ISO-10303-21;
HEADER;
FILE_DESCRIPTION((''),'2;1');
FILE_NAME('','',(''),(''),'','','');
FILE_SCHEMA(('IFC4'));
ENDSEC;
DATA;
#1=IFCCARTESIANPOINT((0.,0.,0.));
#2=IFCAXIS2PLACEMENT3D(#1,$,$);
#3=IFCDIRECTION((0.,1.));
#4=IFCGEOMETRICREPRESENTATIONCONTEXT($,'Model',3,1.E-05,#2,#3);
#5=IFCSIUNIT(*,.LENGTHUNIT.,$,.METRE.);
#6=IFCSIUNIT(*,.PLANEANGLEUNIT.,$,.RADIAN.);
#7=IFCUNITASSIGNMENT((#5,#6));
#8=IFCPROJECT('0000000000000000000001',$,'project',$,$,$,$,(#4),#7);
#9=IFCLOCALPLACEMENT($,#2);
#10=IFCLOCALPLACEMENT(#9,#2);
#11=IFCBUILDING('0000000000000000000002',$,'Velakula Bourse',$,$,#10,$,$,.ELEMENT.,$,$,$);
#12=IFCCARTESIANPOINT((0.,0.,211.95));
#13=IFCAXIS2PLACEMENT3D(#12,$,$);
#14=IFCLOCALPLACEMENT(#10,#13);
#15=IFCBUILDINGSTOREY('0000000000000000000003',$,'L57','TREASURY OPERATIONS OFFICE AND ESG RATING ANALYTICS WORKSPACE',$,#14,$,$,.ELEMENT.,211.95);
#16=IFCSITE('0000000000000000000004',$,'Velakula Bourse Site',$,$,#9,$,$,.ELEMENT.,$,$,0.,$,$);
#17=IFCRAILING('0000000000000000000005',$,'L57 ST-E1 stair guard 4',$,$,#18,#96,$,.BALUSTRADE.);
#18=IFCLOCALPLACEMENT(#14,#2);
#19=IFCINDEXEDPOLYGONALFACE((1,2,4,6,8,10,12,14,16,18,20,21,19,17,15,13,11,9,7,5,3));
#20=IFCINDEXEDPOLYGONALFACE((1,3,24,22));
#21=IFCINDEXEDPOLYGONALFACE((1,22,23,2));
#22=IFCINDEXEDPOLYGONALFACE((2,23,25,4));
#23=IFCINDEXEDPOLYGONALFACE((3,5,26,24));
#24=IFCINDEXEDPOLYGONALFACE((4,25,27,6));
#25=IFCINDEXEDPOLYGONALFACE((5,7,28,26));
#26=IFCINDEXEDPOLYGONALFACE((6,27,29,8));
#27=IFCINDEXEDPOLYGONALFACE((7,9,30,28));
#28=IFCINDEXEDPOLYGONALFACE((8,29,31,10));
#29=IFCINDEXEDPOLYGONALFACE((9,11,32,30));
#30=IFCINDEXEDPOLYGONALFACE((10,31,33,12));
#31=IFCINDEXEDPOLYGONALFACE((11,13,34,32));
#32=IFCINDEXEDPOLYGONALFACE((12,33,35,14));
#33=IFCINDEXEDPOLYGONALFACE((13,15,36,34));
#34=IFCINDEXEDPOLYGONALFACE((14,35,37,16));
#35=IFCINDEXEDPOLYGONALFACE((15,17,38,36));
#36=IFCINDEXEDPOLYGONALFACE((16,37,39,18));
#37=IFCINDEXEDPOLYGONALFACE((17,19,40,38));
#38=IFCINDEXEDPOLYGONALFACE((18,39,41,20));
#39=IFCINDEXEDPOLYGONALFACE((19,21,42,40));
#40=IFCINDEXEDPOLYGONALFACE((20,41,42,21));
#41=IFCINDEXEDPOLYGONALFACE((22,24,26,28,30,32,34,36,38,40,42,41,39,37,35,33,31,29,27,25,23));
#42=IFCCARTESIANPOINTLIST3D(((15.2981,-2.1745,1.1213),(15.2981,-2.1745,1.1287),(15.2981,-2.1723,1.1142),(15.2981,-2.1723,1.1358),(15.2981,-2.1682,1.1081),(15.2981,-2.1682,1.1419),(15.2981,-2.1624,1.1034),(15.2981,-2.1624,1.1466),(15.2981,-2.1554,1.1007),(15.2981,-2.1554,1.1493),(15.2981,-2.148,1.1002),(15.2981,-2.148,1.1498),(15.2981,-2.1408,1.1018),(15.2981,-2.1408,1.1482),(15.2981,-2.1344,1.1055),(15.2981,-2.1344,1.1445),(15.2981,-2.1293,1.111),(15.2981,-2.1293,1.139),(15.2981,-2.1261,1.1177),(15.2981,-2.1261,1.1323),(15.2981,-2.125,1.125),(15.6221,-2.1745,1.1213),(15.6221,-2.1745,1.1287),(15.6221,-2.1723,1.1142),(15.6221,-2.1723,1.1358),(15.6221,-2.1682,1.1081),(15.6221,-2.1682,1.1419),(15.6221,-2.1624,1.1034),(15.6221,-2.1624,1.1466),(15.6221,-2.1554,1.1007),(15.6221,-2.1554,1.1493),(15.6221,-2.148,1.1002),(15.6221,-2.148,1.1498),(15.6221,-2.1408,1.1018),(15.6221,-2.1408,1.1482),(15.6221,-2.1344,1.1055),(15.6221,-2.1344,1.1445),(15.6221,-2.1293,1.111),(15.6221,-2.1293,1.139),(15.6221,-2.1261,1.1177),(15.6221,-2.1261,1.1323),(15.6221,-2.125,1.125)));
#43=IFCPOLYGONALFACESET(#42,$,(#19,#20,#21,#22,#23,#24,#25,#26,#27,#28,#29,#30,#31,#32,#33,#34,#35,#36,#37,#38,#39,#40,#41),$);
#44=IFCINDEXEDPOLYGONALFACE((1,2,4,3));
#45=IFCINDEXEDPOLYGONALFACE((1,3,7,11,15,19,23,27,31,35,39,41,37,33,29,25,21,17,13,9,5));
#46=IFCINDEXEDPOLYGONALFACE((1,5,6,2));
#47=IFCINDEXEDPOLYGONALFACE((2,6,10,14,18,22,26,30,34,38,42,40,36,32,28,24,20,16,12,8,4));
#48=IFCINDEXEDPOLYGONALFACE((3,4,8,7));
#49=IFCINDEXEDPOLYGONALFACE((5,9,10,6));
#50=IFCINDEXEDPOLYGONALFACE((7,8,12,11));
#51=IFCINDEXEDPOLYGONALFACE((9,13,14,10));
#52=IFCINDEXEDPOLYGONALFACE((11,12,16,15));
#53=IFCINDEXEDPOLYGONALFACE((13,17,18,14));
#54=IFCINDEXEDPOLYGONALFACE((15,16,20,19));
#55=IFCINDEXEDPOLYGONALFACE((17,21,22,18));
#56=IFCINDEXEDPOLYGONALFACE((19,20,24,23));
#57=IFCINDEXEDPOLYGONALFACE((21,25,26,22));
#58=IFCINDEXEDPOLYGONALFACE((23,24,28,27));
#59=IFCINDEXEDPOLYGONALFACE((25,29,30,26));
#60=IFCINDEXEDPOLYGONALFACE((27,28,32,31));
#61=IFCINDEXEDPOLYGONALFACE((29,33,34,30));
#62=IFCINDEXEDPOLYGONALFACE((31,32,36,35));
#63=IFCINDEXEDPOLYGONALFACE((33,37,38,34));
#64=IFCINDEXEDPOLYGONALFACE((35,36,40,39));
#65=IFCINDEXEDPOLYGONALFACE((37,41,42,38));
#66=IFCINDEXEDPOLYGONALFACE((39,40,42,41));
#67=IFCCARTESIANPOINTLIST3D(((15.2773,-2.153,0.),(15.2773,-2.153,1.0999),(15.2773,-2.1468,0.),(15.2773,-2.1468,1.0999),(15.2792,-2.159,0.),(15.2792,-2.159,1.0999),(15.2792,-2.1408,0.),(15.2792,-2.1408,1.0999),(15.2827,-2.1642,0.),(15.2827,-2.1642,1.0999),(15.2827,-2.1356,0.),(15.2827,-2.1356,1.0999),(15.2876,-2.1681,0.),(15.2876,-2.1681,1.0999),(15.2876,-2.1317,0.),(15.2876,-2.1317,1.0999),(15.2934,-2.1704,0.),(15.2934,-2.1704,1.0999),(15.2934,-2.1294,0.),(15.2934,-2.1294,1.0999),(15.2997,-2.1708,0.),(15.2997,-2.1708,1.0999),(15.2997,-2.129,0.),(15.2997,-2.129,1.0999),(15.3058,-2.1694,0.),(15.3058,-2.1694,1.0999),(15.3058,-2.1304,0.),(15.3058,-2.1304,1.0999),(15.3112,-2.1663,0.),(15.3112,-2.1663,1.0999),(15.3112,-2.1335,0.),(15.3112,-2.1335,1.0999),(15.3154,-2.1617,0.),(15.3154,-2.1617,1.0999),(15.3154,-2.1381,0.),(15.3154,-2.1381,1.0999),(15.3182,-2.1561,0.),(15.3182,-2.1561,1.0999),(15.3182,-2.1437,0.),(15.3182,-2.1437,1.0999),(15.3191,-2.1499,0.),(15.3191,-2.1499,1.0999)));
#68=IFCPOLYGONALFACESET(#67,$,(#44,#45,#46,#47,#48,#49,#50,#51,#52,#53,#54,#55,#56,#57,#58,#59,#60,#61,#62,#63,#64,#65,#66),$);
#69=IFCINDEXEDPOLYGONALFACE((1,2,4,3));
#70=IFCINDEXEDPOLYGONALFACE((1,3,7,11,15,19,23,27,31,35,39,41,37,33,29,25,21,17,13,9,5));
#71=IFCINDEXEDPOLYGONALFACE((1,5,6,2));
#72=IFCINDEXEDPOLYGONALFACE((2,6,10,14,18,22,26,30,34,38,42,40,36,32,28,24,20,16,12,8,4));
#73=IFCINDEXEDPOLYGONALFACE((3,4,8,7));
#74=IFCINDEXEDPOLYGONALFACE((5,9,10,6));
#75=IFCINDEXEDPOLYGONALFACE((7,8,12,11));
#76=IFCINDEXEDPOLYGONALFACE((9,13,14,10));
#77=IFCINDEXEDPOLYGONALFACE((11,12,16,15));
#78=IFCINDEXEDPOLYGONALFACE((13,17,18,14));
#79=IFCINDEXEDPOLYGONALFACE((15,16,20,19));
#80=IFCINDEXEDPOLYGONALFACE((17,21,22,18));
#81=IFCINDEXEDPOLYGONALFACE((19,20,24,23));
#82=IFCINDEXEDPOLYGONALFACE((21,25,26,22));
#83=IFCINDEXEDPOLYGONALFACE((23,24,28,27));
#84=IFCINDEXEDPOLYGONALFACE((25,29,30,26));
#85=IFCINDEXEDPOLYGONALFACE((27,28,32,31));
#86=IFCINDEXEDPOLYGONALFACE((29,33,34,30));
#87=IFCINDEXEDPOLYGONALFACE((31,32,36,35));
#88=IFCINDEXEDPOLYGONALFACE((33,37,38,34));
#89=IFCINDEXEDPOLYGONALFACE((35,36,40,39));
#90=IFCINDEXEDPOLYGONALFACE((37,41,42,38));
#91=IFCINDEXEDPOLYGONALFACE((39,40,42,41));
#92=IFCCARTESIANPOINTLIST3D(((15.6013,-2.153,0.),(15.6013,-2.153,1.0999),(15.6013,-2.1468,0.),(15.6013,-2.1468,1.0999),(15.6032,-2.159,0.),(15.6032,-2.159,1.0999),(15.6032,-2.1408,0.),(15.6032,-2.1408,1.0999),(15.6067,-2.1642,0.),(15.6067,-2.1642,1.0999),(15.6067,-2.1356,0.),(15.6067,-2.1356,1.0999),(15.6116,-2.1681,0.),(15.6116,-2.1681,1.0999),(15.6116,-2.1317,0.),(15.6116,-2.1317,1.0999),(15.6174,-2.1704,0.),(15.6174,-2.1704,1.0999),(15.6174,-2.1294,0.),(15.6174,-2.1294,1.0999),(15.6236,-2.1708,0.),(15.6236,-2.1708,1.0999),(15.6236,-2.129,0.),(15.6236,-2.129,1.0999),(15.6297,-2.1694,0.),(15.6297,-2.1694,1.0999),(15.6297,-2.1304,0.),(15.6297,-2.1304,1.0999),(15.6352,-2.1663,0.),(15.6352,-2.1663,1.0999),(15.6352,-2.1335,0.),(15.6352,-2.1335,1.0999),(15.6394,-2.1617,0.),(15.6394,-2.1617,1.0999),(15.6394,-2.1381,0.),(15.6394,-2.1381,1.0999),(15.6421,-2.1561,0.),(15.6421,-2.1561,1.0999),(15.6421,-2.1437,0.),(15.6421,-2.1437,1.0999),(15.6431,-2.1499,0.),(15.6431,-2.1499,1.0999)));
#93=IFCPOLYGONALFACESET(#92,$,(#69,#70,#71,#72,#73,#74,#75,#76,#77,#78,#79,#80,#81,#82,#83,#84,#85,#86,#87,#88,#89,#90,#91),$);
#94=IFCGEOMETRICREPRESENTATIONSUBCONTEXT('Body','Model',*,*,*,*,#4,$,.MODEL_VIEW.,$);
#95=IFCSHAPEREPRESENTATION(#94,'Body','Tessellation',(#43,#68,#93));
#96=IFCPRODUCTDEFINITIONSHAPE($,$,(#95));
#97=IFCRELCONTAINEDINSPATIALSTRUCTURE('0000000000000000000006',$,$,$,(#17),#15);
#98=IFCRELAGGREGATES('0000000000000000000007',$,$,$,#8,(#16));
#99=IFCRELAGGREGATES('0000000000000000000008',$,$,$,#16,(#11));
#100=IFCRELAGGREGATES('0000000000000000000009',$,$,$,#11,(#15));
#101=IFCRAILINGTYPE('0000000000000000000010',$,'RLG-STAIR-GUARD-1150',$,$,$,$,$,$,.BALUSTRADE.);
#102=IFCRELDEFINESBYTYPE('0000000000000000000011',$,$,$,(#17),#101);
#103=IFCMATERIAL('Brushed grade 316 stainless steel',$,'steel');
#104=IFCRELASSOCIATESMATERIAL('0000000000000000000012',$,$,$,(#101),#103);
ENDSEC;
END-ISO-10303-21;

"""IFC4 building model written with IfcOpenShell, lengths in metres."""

from ifc_helpers import new_model, si_unit, direction, frame, origin, origin_2d, place, context, subcontext, project, spatial, circle, extrude, material, type_object, element, save


model = new_model("IFC4")

# Units and contexts
model_context = context("Model", 3, precision=1e-05, world=origin(), true_north=direction((0.0, 1.0)))
body_context = subcontext(model_context, "Body", "Model", "MODEL_VIEW")
ifc_project = project(units=[si_unit("LENGTHUNIT", "METRE"), si_unit("PLANEANGLEUNIT", "RADIAN")], contexts=[model_context])

# Site, building, storey
site_placement = place(None, origin())
site = spatial("IfcSite", under=ifc_project, at=site_placement, Name="Velakula Bourse Site", CompositionType="ELEMENT", RefElevation=0.0)
building_placement = place(site_placement, origin())
building = spatial("IfcBuilding", under=site, at=building_placement, Name="Velakula Bourse", CompositionType="ELEMENT")
storey_placement = place(building_placement, frame((0.0, 0.0, 211.95)))
storey = spatial("IfcBuildingStorey", under=building, at=storey_placement, Name="L57", Description="TREASURY OPERATIONS OFFICE AND ESG RATING ANALYTICS WORKSPACE", CompositionType="ELEMENT", Elevation=211.95)

# Shared definitions
ifc_material_1 = material(Name="Brushed grade 316 stainless steel", Category="steel")

# Railing
railing_type_1 = type_object("IfcRailingType", Name="RLG-STAIR-GUARD-1150", PredefinedType="BALUSTRADE", material=ifc_material_1)
railing_1_placement = place(storey_placement, frame((15.2981, -2.1499, 0.0)))
element("IfcRailing", 1, at=railing_1_placement, inside=storey, type_object=railing_type_1, Name="L57 ST-E1 stair guard 4", PredefinedType="BALUSTRADE", context=body_context, shape_type="SweptSolid", body=[
    extrude(circle(Radius=0.0249, at=origin_2d()), frame((0.0, 0.0, 1.125), z_axis=(1.0, 0.0, 0.0), x_axis=(0.0, 1.0, 0.0)), (0.0, 0.0, 1.0), 0.324),
    extrude(circle(Radius=0.021, at=origin_2d()), origin(), (0.0, 0.0, 1.0), 1.0999),
    extrude(circle(Radius=0.021, at=origin_2d()), frame((0.324, 0.0, 0.0)), (0.0, 0.0, 1.0), 1.0999),
])

save(model, "model.ifc")
